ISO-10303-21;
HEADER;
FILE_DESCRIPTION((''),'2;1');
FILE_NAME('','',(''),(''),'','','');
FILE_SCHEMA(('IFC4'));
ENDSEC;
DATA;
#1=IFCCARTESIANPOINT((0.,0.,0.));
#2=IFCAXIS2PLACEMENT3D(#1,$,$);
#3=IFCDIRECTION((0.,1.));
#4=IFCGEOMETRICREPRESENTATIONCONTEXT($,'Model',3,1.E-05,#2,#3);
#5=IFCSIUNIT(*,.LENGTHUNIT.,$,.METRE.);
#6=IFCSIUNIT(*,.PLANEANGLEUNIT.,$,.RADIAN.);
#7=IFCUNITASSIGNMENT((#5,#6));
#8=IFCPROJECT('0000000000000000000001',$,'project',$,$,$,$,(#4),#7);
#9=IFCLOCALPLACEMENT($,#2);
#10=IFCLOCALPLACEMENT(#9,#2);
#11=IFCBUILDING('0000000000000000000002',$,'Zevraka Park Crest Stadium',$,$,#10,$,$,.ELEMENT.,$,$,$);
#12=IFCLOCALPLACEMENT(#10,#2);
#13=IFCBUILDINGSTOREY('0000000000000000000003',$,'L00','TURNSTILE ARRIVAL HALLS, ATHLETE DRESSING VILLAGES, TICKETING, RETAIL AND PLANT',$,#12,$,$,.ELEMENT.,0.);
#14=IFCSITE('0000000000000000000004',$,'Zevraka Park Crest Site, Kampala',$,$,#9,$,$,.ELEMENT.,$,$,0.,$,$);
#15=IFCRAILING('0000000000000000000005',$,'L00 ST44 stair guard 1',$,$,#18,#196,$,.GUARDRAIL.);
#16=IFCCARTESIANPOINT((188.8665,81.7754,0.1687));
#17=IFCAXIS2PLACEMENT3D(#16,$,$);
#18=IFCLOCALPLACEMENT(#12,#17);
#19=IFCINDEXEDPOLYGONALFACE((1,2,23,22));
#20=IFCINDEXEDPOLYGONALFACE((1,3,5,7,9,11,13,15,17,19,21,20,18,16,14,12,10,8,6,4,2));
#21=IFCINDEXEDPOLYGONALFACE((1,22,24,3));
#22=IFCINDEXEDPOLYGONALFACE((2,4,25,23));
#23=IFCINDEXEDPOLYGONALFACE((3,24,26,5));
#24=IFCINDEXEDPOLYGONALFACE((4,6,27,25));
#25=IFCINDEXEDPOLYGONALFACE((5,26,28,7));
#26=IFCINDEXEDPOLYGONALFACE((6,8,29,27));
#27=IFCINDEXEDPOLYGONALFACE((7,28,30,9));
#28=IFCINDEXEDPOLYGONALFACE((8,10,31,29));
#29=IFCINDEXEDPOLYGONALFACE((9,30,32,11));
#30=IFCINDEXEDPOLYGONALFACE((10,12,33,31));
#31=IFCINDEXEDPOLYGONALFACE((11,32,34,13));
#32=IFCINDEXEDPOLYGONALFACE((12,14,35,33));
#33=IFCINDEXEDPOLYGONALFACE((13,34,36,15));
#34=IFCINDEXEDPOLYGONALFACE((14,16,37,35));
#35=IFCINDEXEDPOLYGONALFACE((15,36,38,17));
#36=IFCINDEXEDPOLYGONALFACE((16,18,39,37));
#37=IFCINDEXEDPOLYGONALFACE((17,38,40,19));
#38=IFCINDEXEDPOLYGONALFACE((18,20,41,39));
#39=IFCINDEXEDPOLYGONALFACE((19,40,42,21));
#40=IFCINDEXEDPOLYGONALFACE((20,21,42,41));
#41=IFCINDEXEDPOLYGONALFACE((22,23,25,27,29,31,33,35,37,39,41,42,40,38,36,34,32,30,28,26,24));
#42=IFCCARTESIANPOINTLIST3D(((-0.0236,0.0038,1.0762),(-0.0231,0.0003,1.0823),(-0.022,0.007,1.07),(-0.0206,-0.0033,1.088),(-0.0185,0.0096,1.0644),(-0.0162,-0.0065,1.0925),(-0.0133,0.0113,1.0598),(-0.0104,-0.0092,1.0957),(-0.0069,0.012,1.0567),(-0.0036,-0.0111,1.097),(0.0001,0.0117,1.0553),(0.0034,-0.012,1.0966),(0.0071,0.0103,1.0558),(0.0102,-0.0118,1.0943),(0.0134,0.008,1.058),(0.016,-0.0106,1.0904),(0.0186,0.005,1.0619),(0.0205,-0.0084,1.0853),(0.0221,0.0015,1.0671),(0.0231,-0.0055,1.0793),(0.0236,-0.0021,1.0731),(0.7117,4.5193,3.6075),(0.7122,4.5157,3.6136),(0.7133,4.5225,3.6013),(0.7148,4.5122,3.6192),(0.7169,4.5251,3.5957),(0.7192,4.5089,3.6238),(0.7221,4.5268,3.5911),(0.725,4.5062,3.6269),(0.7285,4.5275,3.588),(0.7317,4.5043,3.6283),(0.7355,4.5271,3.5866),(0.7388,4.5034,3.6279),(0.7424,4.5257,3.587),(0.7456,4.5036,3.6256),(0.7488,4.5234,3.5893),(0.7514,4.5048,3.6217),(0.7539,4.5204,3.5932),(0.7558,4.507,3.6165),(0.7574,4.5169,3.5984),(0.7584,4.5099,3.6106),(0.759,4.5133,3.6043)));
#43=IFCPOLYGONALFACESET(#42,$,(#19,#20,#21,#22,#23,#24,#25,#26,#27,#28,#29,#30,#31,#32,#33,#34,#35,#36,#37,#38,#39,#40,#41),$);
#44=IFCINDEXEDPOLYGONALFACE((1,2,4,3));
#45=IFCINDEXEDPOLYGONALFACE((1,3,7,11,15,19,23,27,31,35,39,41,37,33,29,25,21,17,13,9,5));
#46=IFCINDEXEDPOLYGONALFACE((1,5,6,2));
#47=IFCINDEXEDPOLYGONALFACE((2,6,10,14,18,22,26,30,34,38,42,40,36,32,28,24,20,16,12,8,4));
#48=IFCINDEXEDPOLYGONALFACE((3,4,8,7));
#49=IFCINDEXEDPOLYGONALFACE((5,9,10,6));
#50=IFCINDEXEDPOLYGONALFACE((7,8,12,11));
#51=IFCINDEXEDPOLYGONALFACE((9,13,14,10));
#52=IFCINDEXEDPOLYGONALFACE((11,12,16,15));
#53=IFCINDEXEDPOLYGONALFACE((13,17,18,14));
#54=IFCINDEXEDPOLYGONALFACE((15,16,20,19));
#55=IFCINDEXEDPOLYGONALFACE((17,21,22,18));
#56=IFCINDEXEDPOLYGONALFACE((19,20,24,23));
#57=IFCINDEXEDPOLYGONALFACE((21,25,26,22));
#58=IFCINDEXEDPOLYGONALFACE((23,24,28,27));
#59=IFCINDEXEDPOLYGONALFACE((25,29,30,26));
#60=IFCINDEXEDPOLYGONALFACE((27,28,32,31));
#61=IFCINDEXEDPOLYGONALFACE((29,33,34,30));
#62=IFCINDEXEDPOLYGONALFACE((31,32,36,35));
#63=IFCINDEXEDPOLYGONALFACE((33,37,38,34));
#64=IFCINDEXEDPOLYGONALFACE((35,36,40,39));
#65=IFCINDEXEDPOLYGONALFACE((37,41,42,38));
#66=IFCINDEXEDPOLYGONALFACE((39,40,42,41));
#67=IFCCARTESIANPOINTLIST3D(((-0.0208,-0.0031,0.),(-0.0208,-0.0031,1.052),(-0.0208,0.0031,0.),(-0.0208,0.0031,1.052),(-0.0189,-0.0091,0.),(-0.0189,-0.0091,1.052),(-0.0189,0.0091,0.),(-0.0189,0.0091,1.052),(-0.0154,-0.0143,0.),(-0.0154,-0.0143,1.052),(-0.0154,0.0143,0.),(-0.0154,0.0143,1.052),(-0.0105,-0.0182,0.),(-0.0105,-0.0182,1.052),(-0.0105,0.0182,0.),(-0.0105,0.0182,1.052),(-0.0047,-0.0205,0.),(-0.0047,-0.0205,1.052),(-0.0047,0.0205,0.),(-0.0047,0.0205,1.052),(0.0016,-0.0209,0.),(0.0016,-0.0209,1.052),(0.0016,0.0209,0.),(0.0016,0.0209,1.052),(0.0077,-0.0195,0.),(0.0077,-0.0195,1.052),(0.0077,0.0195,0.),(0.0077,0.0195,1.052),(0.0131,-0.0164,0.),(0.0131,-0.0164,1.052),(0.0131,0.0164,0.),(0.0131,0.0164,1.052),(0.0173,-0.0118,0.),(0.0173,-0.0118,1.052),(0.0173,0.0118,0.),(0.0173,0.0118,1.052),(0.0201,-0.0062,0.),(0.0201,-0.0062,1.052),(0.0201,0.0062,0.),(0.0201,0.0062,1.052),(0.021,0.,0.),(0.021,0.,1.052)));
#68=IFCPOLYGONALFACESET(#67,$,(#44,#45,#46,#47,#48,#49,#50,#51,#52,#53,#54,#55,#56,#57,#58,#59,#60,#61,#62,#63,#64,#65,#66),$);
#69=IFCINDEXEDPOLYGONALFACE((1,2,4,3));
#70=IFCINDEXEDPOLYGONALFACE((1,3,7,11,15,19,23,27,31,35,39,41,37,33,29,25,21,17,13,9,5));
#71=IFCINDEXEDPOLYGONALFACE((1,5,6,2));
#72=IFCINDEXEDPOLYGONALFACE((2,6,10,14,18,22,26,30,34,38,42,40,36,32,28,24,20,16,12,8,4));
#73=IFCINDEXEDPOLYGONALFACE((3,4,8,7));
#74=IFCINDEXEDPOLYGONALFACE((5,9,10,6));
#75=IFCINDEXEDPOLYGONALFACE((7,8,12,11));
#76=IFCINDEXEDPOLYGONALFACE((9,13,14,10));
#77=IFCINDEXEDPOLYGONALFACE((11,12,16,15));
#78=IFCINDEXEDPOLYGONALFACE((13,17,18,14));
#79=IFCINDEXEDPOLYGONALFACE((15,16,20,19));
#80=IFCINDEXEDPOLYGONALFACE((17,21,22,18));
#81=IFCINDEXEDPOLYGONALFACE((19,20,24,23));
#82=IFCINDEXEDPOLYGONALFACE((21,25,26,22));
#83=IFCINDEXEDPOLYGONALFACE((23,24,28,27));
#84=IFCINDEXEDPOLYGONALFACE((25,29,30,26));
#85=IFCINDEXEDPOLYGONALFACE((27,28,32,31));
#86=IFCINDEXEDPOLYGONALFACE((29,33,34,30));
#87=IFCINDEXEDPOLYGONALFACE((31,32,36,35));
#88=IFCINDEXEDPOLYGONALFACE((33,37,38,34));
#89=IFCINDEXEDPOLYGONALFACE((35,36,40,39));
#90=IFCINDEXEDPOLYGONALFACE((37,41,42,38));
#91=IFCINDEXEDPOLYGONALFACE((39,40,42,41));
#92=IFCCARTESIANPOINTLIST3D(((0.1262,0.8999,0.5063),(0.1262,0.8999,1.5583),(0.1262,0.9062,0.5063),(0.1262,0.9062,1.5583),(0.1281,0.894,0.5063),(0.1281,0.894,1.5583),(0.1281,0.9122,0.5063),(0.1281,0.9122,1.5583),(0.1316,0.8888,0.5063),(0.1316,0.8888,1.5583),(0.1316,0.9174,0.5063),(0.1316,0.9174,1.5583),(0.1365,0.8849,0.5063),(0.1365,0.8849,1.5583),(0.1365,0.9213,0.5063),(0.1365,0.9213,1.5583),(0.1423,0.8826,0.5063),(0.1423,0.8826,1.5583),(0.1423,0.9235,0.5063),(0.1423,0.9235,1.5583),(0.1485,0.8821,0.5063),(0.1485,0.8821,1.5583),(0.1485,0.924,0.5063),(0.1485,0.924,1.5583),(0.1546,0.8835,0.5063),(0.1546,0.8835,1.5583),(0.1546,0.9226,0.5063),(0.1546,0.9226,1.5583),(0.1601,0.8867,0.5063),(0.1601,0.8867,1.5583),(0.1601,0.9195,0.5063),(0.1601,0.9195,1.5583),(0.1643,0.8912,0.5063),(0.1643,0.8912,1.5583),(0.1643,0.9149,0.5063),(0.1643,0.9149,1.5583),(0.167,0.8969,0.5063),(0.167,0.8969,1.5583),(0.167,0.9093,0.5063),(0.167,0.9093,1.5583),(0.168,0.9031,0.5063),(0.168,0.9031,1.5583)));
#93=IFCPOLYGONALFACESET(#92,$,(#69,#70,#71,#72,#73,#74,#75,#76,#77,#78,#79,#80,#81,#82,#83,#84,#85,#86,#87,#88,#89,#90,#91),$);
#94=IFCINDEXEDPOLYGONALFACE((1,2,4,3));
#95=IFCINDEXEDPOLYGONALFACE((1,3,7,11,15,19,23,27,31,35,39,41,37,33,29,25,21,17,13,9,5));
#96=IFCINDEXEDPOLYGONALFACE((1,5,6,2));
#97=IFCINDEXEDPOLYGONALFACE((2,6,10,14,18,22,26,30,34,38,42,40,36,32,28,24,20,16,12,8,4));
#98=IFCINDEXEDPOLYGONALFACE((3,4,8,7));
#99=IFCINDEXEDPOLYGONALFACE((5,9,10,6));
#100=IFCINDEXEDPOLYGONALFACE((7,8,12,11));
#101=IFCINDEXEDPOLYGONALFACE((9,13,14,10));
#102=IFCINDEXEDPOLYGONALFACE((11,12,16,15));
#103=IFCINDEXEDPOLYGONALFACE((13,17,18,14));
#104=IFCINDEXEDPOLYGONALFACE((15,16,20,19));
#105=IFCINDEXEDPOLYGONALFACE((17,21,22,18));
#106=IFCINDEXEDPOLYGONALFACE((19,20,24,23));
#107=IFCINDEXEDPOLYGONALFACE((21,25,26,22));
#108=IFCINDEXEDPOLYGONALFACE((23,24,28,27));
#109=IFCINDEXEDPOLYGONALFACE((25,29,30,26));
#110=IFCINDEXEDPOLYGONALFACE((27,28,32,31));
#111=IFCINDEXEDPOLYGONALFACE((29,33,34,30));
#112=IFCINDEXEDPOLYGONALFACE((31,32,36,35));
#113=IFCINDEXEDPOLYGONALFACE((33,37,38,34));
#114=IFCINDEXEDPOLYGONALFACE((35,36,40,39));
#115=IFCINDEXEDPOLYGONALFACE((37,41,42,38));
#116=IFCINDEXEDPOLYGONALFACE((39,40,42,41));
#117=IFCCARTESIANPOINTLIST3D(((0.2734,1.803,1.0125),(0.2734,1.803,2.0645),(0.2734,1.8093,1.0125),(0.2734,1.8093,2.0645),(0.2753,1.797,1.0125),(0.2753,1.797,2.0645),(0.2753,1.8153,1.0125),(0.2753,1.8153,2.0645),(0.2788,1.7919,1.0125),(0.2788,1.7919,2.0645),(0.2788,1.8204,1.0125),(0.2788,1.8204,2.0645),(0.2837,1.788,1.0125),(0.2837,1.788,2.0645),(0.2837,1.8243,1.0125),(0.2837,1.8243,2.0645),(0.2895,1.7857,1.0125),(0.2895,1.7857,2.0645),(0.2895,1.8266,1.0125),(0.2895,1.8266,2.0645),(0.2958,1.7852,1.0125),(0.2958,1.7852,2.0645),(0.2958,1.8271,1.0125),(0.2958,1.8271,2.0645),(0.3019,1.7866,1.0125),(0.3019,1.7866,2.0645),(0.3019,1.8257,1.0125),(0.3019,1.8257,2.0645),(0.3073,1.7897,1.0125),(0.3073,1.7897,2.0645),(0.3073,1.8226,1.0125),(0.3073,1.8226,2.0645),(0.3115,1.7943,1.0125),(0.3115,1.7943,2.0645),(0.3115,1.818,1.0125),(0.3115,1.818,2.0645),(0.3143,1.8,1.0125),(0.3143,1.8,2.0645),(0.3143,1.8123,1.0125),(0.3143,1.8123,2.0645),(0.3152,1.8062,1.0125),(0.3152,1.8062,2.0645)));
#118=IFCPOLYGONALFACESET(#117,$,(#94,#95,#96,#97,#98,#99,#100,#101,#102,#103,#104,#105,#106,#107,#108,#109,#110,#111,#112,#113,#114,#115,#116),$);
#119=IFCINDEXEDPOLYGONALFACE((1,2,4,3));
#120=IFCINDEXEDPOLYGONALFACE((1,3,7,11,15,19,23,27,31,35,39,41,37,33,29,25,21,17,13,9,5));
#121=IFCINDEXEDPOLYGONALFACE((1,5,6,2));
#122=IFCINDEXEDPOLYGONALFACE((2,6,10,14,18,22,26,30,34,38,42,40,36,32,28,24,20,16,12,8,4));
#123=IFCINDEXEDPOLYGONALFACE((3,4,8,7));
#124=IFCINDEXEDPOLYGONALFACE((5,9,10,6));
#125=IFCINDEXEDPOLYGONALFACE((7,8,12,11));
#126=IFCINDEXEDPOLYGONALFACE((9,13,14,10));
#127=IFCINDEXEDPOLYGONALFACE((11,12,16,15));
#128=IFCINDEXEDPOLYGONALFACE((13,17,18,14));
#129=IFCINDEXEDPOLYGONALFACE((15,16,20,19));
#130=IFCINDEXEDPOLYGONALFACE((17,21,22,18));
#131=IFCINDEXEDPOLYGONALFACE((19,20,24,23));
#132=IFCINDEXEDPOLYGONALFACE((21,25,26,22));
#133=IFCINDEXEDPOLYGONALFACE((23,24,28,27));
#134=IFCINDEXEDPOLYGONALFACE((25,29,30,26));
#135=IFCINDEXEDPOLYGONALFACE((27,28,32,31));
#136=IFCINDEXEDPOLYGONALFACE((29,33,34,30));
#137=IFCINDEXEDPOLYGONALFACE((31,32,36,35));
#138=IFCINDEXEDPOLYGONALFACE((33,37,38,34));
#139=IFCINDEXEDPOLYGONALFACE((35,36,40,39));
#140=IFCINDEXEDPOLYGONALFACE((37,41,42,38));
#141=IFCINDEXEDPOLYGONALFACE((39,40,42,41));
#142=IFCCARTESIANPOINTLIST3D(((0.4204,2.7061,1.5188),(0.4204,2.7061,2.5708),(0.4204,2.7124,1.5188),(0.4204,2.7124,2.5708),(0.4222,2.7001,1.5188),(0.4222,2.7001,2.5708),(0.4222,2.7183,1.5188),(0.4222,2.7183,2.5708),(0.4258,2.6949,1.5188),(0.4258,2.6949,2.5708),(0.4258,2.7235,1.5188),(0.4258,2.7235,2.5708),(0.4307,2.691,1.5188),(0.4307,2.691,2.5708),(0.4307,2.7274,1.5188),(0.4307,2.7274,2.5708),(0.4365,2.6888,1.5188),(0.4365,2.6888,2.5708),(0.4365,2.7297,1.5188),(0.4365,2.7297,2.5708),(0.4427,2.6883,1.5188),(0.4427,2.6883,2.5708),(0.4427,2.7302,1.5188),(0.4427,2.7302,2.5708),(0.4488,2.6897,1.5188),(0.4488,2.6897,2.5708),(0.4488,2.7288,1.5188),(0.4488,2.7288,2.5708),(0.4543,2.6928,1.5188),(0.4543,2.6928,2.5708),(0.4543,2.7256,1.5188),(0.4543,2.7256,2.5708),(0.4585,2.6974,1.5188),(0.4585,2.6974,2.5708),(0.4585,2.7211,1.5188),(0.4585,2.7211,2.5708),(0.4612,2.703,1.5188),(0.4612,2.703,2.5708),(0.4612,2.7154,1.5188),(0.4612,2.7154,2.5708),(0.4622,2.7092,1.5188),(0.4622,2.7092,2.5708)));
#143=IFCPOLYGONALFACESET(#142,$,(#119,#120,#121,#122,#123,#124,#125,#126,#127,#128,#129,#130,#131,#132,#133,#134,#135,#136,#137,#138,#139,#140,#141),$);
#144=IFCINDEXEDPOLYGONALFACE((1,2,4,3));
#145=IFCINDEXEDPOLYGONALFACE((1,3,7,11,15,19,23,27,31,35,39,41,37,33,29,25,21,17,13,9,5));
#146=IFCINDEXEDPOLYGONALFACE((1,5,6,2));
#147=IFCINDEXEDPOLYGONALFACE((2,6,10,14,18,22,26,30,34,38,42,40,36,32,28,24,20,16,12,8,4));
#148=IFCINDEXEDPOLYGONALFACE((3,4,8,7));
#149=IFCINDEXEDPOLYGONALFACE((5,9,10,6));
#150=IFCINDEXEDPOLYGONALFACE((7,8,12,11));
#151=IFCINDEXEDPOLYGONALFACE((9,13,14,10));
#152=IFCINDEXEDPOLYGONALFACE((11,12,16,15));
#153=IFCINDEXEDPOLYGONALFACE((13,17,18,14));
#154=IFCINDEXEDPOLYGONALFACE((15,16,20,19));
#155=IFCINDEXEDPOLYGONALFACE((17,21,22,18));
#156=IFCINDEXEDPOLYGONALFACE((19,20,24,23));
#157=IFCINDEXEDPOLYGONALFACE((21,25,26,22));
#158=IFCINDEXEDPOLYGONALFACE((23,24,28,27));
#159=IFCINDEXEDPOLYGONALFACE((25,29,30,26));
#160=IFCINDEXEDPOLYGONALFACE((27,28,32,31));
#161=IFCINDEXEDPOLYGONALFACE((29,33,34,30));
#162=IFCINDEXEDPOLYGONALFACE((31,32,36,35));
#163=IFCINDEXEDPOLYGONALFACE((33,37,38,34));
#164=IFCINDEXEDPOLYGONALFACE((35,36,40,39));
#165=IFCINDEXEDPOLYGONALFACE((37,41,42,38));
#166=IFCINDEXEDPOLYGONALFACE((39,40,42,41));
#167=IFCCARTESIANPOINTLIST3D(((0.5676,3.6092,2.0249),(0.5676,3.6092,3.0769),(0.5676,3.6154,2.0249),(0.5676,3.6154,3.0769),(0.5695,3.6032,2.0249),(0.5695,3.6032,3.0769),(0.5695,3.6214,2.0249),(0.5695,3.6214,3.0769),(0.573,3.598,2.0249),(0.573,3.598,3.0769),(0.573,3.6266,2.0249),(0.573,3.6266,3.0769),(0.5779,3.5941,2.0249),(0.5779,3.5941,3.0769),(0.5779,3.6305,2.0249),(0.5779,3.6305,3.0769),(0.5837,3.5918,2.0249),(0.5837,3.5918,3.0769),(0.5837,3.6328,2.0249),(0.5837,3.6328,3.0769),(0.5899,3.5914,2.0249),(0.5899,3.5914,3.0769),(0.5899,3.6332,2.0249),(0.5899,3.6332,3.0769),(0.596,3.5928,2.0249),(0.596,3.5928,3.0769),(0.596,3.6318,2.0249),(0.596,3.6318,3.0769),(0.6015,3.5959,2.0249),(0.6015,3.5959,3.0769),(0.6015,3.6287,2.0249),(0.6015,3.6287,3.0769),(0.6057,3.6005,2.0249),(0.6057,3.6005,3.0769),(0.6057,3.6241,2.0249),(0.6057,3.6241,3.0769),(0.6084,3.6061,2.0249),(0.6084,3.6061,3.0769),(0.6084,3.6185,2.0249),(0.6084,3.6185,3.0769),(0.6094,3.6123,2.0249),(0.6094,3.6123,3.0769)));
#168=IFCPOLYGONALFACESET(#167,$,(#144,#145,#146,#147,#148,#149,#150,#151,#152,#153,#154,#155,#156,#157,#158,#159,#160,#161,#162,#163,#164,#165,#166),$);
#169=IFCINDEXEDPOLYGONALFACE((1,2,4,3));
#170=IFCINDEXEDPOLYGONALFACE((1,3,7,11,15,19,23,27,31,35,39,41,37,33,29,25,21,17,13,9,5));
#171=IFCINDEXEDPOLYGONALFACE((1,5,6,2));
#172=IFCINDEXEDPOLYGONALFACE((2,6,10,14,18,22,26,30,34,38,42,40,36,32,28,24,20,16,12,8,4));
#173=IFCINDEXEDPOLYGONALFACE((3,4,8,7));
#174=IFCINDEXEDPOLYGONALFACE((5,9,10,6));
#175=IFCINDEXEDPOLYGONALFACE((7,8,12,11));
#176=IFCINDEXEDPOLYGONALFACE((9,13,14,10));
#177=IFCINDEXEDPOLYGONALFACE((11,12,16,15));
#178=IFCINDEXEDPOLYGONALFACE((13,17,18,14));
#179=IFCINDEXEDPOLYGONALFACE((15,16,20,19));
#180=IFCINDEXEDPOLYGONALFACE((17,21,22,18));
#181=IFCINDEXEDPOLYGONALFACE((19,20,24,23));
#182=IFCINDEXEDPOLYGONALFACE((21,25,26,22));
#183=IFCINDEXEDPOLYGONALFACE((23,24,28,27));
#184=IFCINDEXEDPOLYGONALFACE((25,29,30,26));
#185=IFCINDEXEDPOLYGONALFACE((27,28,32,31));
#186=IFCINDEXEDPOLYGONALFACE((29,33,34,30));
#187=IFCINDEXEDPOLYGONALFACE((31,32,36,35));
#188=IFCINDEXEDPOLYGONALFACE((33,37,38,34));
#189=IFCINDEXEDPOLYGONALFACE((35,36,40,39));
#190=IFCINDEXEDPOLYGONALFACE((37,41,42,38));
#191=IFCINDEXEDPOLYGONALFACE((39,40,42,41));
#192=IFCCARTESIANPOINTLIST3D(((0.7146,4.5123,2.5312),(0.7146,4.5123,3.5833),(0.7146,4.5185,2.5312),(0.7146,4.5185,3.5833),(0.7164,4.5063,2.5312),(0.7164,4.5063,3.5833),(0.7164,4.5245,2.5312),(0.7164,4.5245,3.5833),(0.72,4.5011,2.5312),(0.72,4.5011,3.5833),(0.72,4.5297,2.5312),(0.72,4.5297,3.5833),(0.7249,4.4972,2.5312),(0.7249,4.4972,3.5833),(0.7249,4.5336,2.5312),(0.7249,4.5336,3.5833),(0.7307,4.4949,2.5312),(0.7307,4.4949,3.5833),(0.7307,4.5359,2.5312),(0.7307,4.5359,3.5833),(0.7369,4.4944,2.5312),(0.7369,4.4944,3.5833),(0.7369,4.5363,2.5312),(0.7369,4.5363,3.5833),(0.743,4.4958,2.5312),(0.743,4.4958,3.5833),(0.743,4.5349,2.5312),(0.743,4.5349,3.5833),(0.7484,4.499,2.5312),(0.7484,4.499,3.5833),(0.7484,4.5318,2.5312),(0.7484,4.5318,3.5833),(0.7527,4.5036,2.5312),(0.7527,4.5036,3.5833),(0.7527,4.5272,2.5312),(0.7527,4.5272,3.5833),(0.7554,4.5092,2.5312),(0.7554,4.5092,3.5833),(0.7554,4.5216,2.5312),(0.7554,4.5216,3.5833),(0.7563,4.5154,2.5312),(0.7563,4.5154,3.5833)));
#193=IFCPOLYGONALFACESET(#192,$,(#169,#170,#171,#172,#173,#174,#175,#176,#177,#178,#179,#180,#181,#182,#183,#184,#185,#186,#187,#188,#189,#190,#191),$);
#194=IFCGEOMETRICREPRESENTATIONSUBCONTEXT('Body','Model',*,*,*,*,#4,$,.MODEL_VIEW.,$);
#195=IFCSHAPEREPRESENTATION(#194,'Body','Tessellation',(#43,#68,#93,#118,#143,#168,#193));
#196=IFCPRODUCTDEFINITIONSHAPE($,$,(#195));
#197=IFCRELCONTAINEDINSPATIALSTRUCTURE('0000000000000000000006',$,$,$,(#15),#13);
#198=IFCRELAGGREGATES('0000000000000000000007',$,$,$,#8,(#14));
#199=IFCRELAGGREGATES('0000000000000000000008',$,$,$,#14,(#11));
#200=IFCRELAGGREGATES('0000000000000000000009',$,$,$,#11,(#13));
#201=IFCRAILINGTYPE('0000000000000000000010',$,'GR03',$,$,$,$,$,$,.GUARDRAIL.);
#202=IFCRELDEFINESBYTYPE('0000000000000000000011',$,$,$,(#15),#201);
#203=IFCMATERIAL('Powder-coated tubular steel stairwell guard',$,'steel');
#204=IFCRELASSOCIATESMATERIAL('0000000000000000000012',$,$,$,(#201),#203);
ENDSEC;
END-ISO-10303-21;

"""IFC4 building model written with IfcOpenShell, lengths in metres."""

from ifc_helpers import new_model, si_unit, direction, frame, origin, origin_2d, place, context, subcontext, project, spatial, circle, extrude, material, type_object, element, save


model = new_model("IFC4")

# Units and contexts
model_context = context("Model", 3, precision=1e-05, world=origin(), true_north=direction((0.0, 1.0)))
body_context = subcontext(model_context, "Body", "Model", "MODEL_VIEW")
ifc_project = project(units=[si_unit("LENGTHUNIT", "METRE"), si_unit("PLANEANGLEUNIT", "RADIAN")], contexts=[model_context])

# Site, building, storey
site_placement = place(None, origin())
site = spatial("IfcSite", under=ifc_project, at=site_placement, Name="Zevraka Park Crest Site, Kampala", CompositionType="ELEMENT", RefElevation=0.0)
building_placement = place(site_placement, origin())
building = spatial("IfcBuilding", under=site, at=building_placement, Name="Zevraka Park Crest Stadium", CompositionType="ELEMENT")
storey_placement = place(building_placement, origin())
storey = spatial("IfcBuildingStorey", under=building, at=storey_placement, Name="L00", Description="TURNSTILE ARRIVAL HALLS, ATHLETE DRESSING VILLAGES, TICKETING, RETAIL AND PLANT", CompositionType="ELEMENT", Elevation=0.0)

# Railing
ifc_material_1 = material(Name="Powder-coated tubular steel stairwell guard", Category="steel")
railing_type_1 = type_object("IfcRailingType", Name="GR03", PredefinedType="GUARDRAIL", material=ifc_material_1)
railing_1_placement = place(storey_placement, frame((188.8665, 81.7754, 0.1687)))
element("IfcRailing", 1, at=railing_1_placement, inside=storey, type_object=railing_type_1, Name="L00 ST44 stair guard 1", PredefinedType="GUARDRAIL", context=body_context, shape_type="SweptSolid", body=[
    extrude(circle(Radius=0.0239, at=origin_2d()), frame((0.0, 0.0, 1.0762), z_axis=(0.140644, 0.863618, 0.484131), x_axis=(-0.986997, 0.160737, 0.0)), (0.0, 0.0, 1.0), 5.2285),
    extrude(circle(Radius=0.021, at=origin_2d()), origin(), (0.0, 0.0, 1.0), 1.052),
    extrude(circle(Radius=0.021, at=origin_2d()), frame((0.147, 0.9031, 0.5063)), (0.0, 0.0, 1.0), 1.052),
    extrude(circle(Radius=0.021, at=origin_2d()), frame((0.2942, 1.8062, 1.0125)), (0.0, 0.0, 1.0), 1.052),
    extrude(circle(Radius=0.021, at=origin_2d()), frame((0.4412, 2.7092, 1.5188)), (0.0, 0.0, 1.0), 1.052),
    extrude(circle(Radius=0.021, at=origin_2d()), frame((0.5884, 3.6123, 2.0249)), (0.0, 0.0, 1.0), 1.052),
    extrude(circle(Radius=0.021, at=origin_2d()), frame((0.7354, 4.5154, 2.5312)), (0.0, 0.0, 1.0), 1.052),
])

save(model, "model.ifc")
